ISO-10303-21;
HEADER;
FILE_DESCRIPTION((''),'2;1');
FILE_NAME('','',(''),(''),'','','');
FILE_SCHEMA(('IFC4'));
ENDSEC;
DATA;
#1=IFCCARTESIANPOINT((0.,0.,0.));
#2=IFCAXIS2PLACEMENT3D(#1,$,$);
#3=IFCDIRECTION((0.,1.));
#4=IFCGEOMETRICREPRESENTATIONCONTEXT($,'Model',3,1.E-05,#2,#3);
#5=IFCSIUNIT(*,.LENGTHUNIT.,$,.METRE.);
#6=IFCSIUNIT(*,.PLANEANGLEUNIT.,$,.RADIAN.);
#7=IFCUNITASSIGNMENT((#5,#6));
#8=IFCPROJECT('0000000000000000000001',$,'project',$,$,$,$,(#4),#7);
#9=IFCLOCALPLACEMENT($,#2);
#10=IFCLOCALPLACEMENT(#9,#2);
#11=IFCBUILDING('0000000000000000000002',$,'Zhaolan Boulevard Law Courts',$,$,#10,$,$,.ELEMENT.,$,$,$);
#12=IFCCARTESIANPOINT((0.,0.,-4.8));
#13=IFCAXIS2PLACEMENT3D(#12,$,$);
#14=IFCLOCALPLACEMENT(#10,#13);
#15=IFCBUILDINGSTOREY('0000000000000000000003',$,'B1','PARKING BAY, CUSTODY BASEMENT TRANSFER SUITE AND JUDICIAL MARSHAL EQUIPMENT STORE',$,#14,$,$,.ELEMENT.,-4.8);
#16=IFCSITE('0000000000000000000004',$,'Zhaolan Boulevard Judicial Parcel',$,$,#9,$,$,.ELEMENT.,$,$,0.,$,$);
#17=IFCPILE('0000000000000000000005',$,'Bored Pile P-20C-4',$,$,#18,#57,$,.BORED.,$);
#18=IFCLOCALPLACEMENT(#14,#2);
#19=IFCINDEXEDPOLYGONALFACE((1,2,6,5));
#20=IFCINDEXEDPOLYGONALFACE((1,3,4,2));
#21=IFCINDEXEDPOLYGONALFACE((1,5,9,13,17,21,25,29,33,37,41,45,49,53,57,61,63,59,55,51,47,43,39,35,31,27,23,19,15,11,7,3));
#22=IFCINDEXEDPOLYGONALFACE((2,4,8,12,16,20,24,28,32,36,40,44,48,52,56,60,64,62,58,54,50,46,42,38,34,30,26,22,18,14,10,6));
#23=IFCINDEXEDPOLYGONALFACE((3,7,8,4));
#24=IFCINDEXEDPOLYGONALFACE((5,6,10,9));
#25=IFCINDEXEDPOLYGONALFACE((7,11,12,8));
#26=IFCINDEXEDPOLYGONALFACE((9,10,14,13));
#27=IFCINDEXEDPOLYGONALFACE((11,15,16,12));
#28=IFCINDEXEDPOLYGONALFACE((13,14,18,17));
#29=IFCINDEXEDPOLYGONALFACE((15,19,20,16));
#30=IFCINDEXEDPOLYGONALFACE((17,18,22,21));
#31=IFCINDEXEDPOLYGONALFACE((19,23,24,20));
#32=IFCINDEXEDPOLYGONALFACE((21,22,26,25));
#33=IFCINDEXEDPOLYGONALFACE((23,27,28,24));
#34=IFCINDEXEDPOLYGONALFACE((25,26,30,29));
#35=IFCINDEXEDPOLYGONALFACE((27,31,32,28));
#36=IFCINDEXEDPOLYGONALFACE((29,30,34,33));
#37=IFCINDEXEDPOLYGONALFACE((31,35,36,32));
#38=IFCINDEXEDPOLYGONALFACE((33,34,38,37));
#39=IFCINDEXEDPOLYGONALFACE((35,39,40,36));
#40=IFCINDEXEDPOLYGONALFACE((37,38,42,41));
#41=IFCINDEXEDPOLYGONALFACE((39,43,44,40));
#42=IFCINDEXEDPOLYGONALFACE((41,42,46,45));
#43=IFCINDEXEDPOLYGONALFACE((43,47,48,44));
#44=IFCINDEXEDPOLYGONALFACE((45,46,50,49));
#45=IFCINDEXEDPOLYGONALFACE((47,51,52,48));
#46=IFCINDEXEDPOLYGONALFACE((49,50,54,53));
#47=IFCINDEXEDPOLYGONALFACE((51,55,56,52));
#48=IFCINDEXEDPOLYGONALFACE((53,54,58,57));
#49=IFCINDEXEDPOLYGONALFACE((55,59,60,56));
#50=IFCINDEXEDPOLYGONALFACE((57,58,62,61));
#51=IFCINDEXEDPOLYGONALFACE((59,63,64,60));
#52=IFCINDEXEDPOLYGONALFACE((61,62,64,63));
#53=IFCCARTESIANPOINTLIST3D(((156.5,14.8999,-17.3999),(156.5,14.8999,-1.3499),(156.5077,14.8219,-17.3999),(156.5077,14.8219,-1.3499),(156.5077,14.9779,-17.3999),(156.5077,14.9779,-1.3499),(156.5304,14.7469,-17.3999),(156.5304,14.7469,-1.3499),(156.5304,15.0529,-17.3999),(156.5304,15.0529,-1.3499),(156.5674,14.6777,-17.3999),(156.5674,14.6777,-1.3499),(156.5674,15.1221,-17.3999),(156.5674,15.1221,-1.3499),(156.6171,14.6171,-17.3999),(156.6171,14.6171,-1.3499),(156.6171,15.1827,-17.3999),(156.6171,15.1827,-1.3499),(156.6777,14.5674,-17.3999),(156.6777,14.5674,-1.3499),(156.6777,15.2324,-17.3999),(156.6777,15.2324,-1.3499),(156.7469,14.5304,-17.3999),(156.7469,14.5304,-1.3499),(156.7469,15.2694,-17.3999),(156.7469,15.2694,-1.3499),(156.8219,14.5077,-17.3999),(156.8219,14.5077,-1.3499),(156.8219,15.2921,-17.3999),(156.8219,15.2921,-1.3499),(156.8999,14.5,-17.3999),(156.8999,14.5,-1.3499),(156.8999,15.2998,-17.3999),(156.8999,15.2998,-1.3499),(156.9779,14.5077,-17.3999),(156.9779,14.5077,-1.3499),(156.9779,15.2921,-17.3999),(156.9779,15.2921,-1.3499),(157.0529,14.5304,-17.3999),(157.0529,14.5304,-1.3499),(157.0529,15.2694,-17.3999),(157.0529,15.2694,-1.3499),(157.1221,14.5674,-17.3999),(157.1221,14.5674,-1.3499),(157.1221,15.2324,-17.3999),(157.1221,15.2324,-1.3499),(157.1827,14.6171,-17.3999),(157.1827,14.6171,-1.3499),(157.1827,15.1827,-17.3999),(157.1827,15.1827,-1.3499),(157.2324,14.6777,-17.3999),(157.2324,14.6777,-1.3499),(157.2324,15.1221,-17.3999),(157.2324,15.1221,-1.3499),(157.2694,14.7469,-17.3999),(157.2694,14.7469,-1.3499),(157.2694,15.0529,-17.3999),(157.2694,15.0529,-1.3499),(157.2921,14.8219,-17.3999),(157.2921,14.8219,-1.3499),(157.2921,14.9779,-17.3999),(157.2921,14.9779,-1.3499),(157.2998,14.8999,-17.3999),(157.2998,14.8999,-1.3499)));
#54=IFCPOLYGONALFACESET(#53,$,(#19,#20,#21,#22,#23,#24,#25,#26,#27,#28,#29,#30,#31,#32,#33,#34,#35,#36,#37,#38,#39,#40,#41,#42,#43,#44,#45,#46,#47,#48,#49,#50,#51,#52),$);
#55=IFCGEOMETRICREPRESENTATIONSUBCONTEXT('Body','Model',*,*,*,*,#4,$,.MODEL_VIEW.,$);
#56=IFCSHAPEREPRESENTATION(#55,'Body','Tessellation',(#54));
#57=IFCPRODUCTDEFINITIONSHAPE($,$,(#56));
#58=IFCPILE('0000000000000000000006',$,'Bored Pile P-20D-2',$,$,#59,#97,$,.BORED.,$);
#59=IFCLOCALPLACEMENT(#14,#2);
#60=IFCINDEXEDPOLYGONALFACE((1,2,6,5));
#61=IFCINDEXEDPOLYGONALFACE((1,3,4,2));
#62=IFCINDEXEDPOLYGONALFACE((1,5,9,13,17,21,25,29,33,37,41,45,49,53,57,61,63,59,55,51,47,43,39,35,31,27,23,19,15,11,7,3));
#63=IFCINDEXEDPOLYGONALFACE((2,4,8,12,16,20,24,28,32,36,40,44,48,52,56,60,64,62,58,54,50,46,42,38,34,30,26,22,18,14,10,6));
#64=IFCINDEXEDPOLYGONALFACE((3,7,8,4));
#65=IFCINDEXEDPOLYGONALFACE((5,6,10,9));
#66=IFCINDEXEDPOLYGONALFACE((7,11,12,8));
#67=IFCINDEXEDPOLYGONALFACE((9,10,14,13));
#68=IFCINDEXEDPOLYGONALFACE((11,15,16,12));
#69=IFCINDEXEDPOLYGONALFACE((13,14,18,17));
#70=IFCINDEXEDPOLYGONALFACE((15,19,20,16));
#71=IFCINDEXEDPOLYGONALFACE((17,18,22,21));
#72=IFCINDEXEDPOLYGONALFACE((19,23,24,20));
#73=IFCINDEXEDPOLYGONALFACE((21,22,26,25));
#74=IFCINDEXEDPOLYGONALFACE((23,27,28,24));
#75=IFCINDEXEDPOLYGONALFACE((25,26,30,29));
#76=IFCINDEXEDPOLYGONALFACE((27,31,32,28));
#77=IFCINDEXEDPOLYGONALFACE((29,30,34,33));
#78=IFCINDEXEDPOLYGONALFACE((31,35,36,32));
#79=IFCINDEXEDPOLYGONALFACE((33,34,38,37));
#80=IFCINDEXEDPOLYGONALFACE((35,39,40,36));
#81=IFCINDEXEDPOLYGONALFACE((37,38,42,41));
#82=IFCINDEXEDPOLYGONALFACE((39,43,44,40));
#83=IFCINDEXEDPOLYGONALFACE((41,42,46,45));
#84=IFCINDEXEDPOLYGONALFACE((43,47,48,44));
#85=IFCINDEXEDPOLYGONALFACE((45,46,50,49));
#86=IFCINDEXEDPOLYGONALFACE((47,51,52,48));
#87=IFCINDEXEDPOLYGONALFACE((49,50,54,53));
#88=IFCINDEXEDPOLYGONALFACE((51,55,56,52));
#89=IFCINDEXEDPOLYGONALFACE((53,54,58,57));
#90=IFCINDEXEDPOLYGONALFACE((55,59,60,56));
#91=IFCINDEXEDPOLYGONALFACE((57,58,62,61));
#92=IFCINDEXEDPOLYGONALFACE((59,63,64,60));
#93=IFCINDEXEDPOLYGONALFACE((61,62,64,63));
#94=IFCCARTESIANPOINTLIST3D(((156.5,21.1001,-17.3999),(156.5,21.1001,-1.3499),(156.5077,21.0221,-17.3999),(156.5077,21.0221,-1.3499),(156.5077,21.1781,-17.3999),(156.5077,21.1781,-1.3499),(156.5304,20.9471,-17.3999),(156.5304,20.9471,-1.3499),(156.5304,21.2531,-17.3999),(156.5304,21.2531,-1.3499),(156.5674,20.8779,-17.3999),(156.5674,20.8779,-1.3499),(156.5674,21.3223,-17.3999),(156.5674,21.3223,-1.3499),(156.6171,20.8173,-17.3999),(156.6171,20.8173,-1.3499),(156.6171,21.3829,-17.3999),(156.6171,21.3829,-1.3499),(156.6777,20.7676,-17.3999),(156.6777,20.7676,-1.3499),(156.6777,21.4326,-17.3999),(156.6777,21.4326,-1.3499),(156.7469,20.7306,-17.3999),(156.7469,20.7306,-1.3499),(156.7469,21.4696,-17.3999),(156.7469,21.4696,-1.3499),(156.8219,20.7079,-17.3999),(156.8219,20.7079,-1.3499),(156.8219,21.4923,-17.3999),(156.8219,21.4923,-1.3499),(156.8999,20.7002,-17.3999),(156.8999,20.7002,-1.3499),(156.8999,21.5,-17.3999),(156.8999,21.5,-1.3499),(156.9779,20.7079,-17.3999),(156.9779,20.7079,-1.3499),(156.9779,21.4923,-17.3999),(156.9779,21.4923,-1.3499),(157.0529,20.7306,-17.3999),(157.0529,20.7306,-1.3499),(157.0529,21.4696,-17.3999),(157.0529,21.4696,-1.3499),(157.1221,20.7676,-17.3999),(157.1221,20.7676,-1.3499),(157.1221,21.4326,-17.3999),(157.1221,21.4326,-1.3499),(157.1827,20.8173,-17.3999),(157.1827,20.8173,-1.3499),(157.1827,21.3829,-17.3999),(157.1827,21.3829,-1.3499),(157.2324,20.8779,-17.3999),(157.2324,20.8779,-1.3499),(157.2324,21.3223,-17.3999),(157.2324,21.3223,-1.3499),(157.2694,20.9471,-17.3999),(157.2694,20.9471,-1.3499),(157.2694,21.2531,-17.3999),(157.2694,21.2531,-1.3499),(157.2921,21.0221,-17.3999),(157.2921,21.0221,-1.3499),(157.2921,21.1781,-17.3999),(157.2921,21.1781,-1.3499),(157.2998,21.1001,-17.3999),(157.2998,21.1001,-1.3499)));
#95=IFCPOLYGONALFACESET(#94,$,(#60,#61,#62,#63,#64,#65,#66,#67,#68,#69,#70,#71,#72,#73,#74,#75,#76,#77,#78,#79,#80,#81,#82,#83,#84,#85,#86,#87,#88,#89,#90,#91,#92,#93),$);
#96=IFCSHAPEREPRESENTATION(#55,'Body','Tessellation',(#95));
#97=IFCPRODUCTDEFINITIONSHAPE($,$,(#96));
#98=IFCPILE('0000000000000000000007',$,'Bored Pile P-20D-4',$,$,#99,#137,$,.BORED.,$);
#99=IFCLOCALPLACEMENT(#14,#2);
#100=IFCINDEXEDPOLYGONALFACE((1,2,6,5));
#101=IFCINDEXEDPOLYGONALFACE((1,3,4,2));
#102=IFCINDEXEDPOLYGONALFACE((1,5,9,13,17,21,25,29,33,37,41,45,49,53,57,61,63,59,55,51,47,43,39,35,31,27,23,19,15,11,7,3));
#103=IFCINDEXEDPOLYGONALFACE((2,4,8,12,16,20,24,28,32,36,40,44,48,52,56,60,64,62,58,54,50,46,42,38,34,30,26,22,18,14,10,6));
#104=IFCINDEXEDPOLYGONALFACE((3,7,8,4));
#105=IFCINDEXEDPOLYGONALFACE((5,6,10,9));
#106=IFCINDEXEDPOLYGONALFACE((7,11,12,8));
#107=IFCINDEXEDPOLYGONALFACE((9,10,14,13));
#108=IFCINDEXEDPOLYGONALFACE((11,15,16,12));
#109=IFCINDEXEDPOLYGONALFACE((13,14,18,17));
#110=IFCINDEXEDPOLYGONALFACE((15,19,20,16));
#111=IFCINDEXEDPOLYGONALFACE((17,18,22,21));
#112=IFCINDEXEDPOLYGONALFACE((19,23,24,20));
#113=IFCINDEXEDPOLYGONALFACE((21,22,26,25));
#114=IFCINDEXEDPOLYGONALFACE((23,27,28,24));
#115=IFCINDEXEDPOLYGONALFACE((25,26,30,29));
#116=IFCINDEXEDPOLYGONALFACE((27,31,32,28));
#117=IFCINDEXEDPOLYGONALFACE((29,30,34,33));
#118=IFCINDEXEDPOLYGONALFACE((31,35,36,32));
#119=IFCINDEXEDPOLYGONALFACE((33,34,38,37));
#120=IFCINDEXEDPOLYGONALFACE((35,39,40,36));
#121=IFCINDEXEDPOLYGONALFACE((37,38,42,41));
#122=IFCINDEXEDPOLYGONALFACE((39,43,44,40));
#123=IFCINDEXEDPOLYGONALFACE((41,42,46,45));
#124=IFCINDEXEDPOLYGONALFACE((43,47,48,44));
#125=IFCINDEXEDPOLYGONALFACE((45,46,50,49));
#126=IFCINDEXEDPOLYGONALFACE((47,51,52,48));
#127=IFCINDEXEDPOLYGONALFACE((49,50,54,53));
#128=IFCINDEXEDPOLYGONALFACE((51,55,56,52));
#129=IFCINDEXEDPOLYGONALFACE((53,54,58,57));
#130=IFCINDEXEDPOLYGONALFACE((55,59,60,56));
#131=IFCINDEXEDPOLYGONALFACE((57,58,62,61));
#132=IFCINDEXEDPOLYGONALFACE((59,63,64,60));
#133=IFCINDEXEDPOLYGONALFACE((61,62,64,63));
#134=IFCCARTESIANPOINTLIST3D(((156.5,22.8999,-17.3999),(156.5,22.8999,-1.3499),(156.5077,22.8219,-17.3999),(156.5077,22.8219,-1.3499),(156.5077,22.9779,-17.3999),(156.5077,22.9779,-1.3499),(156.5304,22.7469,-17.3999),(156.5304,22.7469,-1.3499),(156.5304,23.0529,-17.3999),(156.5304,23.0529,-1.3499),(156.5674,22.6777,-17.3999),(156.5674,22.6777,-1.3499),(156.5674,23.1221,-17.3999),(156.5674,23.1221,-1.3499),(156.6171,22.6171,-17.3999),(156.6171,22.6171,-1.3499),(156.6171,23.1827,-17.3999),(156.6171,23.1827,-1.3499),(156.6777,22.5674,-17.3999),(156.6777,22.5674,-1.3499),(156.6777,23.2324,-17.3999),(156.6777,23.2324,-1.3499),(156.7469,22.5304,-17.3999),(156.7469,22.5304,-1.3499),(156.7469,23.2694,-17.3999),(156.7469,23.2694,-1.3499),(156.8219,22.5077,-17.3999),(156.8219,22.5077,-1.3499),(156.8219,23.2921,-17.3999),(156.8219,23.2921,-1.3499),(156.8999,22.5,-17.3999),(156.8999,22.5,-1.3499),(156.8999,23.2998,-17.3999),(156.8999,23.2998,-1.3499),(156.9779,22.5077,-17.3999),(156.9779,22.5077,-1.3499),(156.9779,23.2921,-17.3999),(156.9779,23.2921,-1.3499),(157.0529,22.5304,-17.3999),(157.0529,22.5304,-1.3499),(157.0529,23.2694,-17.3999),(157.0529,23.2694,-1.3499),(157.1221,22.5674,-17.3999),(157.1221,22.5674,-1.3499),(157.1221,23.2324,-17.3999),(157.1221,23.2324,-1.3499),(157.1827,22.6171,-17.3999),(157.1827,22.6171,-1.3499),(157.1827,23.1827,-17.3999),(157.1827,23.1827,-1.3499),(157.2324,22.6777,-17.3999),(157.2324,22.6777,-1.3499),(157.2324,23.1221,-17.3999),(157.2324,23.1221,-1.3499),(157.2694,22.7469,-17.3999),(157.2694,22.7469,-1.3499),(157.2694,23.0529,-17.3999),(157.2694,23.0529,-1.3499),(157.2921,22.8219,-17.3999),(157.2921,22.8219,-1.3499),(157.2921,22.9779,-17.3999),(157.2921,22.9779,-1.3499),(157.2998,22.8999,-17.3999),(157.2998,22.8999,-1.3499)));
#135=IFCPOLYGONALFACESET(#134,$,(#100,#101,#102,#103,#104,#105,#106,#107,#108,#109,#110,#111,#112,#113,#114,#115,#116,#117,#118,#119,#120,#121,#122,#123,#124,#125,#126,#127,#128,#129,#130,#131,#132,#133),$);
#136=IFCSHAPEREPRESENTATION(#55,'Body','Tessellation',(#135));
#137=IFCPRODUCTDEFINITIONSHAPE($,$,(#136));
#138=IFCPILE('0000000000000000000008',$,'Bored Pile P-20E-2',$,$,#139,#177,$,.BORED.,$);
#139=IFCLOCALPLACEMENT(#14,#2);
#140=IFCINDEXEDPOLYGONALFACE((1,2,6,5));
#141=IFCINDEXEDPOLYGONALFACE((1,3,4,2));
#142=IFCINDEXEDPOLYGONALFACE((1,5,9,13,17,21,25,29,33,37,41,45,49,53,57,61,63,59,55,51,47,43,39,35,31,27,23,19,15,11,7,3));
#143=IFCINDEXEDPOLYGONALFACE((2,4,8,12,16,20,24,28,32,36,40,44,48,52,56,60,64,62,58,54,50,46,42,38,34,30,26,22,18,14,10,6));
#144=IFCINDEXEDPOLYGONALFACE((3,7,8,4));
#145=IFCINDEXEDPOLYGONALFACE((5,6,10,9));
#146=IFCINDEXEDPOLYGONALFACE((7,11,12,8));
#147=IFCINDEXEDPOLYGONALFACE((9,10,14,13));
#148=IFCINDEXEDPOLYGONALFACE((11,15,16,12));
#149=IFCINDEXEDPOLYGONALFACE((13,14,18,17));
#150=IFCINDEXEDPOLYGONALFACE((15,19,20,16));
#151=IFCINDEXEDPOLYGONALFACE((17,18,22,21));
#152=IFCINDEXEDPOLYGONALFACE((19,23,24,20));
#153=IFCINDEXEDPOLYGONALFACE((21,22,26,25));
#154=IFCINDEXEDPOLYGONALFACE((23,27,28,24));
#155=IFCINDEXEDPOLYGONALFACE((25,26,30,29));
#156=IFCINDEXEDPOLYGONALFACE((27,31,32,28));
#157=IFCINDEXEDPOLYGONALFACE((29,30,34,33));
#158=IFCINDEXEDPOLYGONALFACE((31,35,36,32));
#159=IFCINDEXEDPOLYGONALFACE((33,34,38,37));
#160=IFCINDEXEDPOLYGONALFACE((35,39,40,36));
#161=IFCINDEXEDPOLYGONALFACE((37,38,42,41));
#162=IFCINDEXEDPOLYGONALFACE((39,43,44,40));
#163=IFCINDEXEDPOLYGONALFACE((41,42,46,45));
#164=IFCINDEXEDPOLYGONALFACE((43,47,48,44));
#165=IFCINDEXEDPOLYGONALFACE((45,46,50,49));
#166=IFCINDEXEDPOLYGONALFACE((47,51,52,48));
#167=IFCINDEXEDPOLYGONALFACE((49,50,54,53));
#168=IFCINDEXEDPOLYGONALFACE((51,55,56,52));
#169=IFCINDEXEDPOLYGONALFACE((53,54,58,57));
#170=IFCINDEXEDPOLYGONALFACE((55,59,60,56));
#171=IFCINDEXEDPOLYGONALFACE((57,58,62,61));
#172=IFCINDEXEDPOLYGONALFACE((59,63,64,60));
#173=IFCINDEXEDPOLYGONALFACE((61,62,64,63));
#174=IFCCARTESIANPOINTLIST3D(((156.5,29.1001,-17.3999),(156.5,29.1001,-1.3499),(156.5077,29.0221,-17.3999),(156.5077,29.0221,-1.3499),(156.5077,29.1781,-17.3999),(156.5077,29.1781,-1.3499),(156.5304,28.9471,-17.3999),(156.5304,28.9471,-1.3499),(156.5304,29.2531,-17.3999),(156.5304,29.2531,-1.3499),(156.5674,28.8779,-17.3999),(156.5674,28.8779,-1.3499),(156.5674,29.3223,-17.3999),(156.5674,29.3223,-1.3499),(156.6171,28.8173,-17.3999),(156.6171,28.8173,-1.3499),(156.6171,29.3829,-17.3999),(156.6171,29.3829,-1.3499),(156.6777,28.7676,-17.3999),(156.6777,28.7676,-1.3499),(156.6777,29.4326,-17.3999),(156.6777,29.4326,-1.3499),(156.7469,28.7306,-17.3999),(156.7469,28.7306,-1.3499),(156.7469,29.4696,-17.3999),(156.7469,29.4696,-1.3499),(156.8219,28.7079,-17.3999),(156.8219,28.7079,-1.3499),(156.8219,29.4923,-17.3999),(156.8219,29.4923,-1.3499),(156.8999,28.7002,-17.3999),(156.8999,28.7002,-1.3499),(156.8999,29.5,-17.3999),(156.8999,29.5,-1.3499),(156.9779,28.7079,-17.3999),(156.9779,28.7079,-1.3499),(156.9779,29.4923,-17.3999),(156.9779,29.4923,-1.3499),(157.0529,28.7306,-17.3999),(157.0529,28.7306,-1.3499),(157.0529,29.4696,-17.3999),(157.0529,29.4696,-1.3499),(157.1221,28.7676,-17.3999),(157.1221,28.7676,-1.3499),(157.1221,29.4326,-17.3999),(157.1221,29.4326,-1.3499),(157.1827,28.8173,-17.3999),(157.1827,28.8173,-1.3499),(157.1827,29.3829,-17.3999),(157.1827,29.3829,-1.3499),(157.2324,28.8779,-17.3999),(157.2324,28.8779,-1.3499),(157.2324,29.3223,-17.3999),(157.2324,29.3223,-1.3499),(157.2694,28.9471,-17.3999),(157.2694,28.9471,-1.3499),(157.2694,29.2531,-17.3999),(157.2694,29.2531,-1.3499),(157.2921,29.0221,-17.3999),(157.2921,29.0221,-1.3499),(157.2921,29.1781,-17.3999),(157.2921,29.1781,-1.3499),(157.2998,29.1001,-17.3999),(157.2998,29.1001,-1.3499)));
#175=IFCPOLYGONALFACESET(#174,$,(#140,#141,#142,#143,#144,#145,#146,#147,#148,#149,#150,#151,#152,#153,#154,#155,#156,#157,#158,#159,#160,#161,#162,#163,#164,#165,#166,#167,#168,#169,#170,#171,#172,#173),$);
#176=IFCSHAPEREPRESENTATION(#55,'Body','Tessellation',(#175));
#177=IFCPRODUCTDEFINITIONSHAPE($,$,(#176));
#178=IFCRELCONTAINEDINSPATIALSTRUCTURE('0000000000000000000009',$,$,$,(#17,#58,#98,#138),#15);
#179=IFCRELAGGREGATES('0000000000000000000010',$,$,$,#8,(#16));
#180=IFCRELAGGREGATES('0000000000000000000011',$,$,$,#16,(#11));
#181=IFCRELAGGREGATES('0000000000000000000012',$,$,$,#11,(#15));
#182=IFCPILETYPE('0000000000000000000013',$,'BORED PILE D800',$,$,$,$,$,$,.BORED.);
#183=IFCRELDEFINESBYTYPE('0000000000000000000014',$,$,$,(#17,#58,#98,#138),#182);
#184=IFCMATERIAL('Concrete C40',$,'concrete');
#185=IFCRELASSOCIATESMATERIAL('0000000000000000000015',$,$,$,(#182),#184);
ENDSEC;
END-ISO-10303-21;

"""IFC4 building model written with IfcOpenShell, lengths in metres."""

from ifc_helpers import new_model, si_unit, direction, frame, origin, origin_2d, place, context, subcontext, project, spatial, circle, extrude, material, material_profile, profile_set, type_object, element, save


model = new_model("IFC4")

# Units and contexts
model_context = context("Model", 3, precision=1e-05, world=origin(), true_north=direction((0.0, 1.0)))
body_context = subcontext(model_context, "Body", "Model", "MODEL_VIEW")
ifc_project = project(units=[si_unit("LENGTHUNIT", "METRE"), si_unit("PLANEANGLEUNIT", "RADIAN")], contexts=[model_context])

# Site, building, storey
site_placement = place(None, origin())
site = spatial("IfcSite", under=ifc_project, at=site_placement, Name="Zhaolan Boulevard Judicial Parcel", CompositionType="ELEMENT", RefElevation=0.0)
building_placement = place(site_placement, origin())
building = spatial("IfcBuilding", under=site, at=building_placement, Name="Zhaolan Boulevard Law Courts", CompositionType="ELEMENT")
storey_placement = place(building_placement, frame((0.0, 0.0, -4.8)))
storey = spatial("IfcBuildingStorey", under=building, at=storey_placement, Name="B1", Description="PARKING BAY, CUSTODY BASEMENT TRANSFER SUITE AND JUDICIAL MARSHAL EQUIPMENT STORE", CompositionType="ELEMENT", Elevation=-4.8)

# Piles
ifc_material_1 = material(Name="Concrete C40", Category="concrete")
ifc_material_profile_1 = material_profile(ifc_material_1, circle(Radius=0.3999, at=origin_2d()), Name="PILE-D800")
ifc_profile_set_1 = profile_set([ifc_material_profile_1], Name="Concrete C40")
pile_type = type_object("IfcPileType", Name="BORED PILE D800", PredefinedType="BORED", material=ifc_profile_set_1)
for number, where, z_axis, x_axis, name in (
    (1, (156.8999, 14.8999, -1.3499), (0.0, 0.0, -1.0), (1.0, 0.0, 0.0), "Bored Pile P-20C-4"),
    (2, (156.8999, 21.1001, -1.3499), (0.0, 0.0, -1.0), (1.0, 0.0, 0.0), "Bored Pile P-20D-2"),
    (3, (156.8999, 22.8999, -1.3499), (0.0, 0.0, -1.0), (1.0, 0.0, 0.0), "Bored Pile P-20D-4"),
    (4, (156.8999, 29.1001, -1.3499), (0.0, 0.0, -1.0), (1.0, 0.0, 0.0), "Bored Pile P-20E-2"),
):
    element("IfcPile", number, at=place(storey_placement, frame(where, z_axis=z_axis, x_axis=x_axis)), inside=storey, type_object=pile_type, Name=name, PredefinedType="BORED", context=body_context, shape_type="SweptSolid", body=[
        extrude(circle(Radius=0.3999, at=origin_2d()), origin(), (0.0, 0.0, 1.0), 16.05),
    ])

save(model, "model.ifc")
